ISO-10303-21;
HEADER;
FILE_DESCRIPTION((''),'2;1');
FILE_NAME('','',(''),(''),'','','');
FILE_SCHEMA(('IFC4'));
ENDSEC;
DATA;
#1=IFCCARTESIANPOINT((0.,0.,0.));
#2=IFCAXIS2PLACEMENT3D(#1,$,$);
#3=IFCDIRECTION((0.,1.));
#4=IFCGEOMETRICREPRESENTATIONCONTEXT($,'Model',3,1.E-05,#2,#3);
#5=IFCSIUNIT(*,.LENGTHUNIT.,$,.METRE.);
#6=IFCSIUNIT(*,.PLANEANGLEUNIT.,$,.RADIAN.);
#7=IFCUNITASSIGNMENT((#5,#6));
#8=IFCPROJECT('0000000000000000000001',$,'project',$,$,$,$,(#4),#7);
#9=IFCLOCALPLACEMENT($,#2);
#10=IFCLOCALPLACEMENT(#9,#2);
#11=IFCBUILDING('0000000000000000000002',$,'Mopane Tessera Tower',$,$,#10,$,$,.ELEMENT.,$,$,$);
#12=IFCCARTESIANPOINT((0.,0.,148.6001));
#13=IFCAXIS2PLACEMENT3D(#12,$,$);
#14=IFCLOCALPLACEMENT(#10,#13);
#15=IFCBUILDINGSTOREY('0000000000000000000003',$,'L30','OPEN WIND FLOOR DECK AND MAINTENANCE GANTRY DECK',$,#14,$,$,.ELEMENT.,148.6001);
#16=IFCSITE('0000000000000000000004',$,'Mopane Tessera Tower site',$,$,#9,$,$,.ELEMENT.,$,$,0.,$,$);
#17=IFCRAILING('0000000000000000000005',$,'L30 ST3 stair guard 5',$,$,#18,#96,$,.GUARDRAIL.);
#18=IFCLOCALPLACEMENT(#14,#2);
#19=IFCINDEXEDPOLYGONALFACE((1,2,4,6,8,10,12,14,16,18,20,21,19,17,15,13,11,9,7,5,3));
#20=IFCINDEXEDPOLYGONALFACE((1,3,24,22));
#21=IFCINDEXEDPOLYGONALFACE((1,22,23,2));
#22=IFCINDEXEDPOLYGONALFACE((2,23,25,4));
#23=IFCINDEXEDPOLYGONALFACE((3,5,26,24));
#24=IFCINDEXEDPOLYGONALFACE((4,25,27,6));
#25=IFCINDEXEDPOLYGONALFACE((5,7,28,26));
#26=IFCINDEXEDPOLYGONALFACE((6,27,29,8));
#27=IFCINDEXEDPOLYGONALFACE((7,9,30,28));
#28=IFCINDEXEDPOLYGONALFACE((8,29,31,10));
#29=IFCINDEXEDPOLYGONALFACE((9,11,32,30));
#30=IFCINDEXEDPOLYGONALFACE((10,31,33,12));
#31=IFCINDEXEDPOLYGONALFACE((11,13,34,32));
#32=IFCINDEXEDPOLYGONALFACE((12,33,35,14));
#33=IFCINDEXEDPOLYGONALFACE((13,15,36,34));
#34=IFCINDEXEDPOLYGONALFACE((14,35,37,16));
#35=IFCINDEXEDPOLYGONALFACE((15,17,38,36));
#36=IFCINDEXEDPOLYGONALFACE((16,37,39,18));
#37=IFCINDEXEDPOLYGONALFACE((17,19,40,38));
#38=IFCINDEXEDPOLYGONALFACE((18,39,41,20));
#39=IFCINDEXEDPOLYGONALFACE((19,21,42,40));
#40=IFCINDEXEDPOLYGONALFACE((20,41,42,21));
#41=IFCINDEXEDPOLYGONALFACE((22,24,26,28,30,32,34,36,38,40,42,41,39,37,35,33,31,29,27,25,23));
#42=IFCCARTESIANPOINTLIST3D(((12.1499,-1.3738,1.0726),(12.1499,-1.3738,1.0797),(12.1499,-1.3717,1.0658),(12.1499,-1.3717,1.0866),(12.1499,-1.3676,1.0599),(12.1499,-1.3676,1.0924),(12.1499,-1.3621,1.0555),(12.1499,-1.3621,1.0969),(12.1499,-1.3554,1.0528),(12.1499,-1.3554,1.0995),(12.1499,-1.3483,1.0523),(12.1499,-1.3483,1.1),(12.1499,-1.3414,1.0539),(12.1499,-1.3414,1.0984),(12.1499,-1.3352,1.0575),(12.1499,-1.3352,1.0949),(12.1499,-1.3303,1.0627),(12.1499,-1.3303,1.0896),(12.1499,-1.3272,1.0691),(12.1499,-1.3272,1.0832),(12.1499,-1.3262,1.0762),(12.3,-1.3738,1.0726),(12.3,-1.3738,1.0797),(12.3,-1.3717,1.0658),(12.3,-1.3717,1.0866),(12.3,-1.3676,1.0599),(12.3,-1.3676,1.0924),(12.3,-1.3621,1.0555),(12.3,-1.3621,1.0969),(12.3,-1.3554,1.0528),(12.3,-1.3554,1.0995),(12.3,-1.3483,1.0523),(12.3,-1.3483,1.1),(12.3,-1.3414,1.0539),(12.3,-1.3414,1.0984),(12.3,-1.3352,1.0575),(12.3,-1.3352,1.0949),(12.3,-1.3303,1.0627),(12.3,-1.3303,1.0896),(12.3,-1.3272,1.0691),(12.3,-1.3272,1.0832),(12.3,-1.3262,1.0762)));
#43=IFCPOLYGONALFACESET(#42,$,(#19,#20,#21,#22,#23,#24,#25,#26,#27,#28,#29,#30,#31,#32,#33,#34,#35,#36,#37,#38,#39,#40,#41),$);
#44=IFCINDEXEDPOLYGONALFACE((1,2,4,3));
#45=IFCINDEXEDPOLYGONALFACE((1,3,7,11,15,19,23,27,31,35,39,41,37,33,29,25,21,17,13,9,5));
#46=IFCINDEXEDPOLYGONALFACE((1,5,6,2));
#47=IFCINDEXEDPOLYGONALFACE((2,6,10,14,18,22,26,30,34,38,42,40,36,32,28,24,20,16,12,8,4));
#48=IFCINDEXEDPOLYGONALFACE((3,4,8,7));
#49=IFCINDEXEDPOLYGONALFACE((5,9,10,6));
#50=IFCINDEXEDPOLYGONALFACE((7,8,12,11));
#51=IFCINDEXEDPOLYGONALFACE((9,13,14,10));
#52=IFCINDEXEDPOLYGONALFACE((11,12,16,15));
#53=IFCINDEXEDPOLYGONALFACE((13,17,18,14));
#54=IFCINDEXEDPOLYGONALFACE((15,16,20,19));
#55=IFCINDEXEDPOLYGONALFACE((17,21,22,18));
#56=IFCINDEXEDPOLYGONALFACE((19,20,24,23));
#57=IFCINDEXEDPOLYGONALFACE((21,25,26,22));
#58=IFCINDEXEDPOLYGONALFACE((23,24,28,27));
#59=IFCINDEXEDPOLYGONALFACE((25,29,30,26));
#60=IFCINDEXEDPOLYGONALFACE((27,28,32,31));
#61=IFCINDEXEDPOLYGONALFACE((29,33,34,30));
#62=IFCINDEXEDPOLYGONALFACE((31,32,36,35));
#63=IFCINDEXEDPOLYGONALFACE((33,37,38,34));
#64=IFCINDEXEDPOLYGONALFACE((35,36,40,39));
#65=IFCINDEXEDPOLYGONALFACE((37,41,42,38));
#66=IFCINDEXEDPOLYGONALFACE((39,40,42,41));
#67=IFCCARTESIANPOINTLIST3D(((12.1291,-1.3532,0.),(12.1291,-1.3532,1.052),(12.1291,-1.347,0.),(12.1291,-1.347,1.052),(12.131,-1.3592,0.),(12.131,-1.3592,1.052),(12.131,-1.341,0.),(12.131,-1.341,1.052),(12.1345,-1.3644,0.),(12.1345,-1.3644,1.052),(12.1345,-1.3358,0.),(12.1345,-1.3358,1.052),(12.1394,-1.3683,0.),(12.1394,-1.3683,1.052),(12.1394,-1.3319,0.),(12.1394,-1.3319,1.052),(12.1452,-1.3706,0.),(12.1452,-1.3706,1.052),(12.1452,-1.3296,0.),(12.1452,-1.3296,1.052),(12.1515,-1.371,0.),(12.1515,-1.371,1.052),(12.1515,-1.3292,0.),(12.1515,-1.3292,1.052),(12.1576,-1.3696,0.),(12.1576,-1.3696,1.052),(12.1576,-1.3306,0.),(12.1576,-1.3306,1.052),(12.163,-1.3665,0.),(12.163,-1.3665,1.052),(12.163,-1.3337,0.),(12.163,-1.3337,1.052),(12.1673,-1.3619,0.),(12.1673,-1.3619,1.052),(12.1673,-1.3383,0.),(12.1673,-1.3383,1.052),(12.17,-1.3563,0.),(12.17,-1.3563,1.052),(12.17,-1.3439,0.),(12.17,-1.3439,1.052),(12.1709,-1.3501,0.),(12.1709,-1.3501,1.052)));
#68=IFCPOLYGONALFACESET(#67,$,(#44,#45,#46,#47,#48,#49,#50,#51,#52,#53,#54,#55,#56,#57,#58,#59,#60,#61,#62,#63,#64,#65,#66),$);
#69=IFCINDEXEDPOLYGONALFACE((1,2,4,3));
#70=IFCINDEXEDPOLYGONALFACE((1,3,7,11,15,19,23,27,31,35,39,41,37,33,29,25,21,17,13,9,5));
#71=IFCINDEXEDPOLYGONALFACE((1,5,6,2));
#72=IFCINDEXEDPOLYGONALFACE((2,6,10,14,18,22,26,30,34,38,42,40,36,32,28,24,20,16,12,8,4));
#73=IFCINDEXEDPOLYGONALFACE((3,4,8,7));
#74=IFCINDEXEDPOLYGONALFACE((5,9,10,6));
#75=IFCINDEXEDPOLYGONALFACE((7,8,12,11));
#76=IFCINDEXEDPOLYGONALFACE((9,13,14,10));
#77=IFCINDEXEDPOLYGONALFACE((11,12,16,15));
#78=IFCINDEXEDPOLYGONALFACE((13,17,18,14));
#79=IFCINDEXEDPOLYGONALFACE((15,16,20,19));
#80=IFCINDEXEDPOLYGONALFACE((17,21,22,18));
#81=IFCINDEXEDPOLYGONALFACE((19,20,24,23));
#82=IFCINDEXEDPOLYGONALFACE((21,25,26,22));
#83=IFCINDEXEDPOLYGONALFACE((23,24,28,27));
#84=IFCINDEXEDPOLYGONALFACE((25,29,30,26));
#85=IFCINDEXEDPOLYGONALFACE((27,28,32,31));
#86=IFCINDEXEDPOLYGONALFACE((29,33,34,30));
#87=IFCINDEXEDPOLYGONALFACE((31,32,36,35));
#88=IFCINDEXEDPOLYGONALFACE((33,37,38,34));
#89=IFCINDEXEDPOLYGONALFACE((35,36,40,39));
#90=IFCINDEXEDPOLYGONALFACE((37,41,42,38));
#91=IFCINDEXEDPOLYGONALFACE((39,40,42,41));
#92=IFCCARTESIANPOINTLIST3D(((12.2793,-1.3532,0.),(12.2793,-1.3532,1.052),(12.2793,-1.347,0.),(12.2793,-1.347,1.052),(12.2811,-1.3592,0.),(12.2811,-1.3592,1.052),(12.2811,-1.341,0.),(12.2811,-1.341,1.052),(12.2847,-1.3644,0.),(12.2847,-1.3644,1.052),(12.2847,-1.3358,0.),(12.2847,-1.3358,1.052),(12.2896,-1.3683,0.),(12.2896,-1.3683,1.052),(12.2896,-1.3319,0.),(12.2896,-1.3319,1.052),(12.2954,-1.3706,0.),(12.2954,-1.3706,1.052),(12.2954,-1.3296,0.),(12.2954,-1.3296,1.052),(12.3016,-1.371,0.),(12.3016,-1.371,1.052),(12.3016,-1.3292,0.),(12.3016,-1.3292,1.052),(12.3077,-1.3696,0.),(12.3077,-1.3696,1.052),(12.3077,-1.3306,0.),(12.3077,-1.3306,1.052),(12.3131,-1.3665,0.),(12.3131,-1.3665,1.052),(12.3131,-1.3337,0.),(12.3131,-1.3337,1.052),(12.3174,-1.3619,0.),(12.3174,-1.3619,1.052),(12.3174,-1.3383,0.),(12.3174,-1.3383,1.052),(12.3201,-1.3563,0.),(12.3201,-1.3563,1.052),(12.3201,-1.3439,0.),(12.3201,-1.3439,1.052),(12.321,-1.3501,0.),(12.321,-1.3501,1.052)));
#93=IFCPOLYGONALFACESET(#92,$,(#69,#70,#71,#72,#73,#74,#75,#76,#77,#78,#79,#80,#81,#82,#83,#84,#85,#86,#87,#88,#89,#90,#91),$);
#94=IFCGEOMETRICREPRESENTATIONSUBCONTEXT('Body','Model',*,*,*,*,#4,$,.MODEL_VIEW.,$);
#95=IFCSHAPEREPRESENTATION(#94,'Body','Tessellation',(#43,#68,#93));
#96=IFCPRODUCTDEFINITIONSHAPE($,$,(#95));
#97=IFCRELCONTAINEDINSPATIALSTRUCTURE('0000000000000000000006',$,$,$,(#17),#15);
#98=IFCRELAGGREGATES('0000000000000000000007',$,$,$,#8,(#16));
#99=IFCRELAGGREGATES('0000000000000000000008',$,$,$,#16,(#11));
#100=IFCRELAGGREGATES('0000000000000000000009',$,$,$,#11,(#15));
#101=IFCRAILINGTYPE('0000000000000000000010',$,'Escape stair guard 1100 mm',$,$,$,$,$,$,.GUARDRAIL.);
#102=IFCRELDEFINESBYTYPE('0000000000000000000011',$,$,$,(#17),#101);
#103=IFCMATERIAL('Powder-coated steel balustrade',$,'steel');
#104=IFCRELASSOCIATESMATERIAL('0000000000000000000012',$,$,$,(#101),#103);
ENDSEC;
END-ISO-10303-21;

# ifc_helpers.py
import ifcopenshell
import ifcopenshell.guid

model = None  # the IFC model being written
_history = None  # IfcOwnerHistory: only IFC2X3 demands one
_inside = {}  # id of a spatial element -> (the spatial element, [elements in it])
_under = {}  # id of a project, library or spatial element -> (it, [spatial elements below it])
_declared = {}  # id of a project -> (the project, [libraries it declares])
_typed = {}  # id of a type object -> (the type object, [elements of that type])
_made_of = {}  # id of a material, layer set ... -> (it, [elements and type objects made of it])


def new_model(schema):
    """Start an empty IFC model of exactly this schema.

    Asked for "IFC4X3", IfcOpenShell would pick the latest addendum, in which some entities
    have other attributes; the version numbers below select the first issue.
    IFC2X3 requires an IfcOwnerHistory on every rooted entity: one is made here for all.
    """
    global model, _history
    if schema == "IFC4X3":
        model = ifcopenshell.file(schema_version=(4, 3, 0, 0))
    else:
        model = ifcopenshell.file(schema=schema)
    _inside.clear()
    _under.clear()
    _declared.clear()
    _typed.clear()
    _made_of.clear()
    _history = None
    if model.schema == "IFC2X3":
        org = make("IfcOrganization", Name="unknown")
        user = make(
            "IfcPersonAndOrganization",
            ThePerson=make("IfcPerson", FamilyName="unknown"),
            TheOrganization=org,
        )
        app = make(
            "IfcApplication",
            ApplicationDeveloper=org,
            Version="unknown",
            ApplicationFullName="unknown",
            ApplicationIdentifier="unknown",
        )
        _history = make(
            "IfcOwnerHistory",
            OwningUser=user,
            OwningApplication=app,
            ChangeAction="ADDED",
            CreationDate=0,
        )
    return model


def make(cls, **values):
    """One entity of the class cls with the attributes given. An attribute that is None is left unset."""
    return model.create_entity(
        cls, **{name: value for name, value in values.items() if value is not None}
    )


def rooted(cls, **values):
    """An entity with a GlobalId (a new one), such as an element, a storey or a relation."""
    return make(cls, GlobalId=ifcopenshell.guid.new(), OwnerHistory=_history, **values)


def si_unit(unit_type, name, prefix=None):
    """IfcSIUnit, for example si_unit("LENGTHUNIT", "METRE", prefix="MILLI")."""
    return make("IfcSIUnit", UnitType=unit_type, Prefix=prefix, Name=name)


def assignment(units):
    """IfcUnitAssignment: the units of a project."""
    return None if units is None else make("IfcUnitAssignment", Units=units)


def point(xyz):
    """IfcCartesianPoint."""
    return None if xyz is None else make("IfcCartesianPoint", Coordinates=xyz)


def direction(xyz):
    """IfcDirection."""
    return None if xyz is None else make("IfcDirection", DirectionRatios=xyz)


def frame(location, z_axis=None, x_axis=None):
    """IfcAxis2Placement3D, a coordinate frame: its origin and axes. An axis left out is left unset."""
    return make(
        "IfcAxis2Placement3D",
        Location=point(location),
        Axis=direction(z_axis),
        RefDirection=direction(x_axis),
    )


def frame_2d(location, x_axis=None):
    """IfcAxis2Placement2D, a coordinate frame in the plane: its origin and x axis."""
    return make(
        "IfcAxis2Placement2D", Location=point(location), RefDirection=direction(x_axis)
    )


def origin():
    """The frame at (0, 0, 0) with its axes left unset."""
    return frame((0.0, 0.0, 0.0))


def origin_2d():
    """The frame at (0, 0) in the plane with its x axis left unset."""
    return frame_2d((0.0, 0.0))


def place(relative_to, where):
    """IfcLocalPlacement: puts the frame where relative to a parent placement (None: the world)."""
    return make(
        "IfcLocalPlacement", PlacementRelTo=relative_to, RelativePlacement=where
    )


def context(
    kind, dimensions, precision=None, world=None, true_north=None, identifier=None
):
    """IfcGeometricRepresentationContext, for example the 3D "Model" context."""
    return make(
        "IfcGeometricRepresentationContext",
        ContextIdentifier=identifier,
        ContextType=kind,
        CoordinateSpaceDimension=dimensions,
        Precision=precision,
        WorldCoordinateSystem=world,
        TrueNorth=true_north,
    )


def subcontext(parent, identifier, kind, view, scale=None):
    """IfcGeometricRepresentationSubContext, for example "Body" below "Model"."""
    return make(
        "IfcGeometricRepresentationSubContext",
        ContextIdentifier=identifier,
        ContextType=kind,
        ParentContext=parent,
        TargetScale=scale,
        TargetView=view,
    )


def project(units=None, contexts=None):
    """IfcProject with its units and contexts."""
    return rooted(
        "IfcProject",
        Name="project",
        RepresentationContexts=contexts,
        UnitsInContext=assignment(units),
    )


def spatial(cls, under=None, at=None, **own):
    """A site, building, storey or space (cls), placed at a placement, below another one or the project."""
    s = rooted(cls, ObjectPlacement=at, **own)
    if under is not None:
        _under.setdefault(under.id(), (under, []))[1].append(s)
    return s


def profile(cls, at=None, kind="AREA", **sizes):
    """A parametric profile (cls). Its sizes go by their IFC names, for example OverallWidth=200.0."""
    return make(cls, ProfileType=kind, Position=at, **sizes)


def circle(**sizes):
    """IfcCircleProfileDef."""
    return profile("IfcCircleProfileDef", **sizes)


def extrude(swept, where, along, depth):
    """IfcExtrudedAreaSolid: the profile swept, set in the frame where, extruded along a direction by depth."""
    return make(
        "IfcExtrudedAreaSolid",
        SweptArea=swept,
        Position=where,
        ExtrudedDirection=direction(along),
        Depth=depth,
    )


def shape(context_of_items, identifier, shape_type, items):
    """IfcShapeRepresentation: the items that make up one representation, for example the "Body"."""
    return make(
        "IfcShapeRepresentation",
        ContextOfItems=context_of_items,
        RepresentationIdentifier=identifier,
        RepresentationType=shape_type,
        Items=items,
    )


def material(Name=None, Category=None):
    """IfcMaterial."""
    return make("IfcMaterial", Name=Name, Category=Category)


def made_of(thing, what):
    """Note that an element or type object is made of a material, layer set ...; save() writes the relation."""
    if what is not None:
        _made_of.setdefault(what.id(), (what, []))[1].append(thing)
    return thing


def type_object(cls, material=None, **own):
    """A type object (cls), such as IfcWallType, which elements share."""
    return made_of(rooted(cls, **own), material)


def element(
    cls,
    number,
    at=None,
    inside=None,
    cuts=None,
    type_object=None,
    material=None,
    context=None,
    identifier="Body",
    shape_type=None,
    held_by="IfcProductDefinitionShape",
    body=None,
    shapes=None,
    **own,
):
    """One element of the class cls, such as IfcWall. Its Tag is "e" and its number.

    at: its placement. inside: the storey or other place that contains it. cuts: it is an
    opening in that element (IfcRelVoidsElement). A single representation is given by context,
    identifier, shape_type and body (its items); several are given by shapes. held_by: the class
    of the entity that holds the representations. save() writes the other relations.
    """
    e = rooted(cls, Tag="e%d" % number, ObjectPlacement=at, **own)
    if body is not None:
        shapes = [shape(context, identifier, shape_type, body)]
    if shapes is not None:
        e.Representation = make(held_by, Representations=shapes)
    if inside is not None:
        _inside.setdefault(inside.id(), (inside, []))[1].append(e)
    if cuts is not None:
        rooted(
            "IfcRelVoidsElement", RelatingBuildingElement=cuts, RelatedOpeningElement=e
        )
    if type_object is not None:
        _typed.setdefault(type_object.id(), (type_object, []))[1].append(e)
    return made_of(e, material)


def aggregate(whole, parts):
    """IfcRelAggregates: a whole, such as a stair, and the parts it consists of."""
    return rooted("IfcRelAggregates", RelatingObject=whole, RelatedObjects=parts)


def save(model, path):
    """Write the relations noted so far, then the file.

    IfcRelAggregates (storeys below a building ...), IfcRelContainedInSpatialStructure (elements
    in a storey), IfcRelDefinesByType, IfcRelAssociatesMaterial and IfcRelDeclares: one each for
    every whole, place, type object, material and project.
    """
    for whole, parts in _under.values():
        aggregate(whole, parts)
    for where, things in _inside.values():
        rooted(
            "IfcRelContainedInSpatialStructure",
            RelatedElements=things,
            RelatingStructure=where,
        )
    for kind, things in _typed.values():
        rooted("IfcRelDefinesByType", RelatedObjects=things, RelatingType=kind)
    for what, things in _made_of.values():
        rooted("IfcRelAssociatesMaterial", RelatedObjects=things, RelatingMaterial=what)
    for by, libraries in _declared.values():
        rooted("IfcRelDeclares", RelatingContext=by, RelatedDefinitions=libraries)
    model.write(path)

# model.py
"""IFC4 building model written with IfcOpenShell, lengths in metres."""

from ifc_helpers import new_model, si_unit, direction, frame, origin, origin_2d, place, context, subcontext, project, spatial, circle, extrude, material, type_object, element, save


model = new_model("IFC4")

# Units and contexts
model_context = context("Model", 3, precision=1e-05, world=origin(), true_north=direction((0.0, 1.0)))
body_context = subcontext(model_context, "Body", "Model", "MODEL_VIEW")
ifc_project = project(units=[si_unit("LENGTHUNIT", "METRE"), si_unit("PLANEANGLEUNIT", "RADIAN")], contexts=[model_context])

# Site, building, storey
site_placement = place(None, origin())
site = spatial("IfcSite", under=ifc_project, at=site_placement, Name="Mopane Tessera Tower site", CompositionType="ELEMENT", RefElevation=0.0)
building_placement = place(site_placement, origin())
building = spatial("IfcBuilding", under=site, at=building_placement, Name="Mopane Tessera Tower", CompositionType="ELEMENT")
storey_placement = place(building_placement, frame((0.0, 0.0, 148.6001)))
storey = spatial("IfcBuildingStorey", under=building, at=storey_placement, Name="L30", Description="OPEN WIND FLOOR DECK AND MAINTENANCE GANTRY DECK", CompositionType="ELEMENT", Elevation=148.6001)

# Railing
ifc_material_1 = material(Name="Powder-coated steel balustrade", Category="steel")
railing_type_1 = type_object("IfcRailingType", Name="Escape stair guard 1100 mm", PredefinedType="GUARDRAIL", material=ifc_material_1)
railing_1_placement = place(storey_placement, frame((12.1499, -1.3501, 0.0)))
element("IfcRailing", 1, at=railing_1_placement, inside=storey, type_object=railing_type_1, Name="L30 ST3 stair guard 5", PredefinedType="GUARDRAIL", context=body_context, shape_type="SweptSolid", body=[
    extrude(circle(Radius=0.0239, at=origin_2d()), frame((0.0, 0.0, 1.0762), z_axis=(1.0, 0.0, 0.0), x_axis=(0.0, 1.0, 0.0)), (0.0, 0.0, 1.0), 0.1501),
    extrude(circle(Radius=0.021, at=origin_2d()), origin(), (0.0, 0.0, 1.0), 1.052),
    extrude(circle(Radius=0.021, at=origin_2d()), frame((0.1501, 0.0, 0.0)), (0.0, 0.0, 1.0), 1.052),
])

save(model, "model.ifc")
